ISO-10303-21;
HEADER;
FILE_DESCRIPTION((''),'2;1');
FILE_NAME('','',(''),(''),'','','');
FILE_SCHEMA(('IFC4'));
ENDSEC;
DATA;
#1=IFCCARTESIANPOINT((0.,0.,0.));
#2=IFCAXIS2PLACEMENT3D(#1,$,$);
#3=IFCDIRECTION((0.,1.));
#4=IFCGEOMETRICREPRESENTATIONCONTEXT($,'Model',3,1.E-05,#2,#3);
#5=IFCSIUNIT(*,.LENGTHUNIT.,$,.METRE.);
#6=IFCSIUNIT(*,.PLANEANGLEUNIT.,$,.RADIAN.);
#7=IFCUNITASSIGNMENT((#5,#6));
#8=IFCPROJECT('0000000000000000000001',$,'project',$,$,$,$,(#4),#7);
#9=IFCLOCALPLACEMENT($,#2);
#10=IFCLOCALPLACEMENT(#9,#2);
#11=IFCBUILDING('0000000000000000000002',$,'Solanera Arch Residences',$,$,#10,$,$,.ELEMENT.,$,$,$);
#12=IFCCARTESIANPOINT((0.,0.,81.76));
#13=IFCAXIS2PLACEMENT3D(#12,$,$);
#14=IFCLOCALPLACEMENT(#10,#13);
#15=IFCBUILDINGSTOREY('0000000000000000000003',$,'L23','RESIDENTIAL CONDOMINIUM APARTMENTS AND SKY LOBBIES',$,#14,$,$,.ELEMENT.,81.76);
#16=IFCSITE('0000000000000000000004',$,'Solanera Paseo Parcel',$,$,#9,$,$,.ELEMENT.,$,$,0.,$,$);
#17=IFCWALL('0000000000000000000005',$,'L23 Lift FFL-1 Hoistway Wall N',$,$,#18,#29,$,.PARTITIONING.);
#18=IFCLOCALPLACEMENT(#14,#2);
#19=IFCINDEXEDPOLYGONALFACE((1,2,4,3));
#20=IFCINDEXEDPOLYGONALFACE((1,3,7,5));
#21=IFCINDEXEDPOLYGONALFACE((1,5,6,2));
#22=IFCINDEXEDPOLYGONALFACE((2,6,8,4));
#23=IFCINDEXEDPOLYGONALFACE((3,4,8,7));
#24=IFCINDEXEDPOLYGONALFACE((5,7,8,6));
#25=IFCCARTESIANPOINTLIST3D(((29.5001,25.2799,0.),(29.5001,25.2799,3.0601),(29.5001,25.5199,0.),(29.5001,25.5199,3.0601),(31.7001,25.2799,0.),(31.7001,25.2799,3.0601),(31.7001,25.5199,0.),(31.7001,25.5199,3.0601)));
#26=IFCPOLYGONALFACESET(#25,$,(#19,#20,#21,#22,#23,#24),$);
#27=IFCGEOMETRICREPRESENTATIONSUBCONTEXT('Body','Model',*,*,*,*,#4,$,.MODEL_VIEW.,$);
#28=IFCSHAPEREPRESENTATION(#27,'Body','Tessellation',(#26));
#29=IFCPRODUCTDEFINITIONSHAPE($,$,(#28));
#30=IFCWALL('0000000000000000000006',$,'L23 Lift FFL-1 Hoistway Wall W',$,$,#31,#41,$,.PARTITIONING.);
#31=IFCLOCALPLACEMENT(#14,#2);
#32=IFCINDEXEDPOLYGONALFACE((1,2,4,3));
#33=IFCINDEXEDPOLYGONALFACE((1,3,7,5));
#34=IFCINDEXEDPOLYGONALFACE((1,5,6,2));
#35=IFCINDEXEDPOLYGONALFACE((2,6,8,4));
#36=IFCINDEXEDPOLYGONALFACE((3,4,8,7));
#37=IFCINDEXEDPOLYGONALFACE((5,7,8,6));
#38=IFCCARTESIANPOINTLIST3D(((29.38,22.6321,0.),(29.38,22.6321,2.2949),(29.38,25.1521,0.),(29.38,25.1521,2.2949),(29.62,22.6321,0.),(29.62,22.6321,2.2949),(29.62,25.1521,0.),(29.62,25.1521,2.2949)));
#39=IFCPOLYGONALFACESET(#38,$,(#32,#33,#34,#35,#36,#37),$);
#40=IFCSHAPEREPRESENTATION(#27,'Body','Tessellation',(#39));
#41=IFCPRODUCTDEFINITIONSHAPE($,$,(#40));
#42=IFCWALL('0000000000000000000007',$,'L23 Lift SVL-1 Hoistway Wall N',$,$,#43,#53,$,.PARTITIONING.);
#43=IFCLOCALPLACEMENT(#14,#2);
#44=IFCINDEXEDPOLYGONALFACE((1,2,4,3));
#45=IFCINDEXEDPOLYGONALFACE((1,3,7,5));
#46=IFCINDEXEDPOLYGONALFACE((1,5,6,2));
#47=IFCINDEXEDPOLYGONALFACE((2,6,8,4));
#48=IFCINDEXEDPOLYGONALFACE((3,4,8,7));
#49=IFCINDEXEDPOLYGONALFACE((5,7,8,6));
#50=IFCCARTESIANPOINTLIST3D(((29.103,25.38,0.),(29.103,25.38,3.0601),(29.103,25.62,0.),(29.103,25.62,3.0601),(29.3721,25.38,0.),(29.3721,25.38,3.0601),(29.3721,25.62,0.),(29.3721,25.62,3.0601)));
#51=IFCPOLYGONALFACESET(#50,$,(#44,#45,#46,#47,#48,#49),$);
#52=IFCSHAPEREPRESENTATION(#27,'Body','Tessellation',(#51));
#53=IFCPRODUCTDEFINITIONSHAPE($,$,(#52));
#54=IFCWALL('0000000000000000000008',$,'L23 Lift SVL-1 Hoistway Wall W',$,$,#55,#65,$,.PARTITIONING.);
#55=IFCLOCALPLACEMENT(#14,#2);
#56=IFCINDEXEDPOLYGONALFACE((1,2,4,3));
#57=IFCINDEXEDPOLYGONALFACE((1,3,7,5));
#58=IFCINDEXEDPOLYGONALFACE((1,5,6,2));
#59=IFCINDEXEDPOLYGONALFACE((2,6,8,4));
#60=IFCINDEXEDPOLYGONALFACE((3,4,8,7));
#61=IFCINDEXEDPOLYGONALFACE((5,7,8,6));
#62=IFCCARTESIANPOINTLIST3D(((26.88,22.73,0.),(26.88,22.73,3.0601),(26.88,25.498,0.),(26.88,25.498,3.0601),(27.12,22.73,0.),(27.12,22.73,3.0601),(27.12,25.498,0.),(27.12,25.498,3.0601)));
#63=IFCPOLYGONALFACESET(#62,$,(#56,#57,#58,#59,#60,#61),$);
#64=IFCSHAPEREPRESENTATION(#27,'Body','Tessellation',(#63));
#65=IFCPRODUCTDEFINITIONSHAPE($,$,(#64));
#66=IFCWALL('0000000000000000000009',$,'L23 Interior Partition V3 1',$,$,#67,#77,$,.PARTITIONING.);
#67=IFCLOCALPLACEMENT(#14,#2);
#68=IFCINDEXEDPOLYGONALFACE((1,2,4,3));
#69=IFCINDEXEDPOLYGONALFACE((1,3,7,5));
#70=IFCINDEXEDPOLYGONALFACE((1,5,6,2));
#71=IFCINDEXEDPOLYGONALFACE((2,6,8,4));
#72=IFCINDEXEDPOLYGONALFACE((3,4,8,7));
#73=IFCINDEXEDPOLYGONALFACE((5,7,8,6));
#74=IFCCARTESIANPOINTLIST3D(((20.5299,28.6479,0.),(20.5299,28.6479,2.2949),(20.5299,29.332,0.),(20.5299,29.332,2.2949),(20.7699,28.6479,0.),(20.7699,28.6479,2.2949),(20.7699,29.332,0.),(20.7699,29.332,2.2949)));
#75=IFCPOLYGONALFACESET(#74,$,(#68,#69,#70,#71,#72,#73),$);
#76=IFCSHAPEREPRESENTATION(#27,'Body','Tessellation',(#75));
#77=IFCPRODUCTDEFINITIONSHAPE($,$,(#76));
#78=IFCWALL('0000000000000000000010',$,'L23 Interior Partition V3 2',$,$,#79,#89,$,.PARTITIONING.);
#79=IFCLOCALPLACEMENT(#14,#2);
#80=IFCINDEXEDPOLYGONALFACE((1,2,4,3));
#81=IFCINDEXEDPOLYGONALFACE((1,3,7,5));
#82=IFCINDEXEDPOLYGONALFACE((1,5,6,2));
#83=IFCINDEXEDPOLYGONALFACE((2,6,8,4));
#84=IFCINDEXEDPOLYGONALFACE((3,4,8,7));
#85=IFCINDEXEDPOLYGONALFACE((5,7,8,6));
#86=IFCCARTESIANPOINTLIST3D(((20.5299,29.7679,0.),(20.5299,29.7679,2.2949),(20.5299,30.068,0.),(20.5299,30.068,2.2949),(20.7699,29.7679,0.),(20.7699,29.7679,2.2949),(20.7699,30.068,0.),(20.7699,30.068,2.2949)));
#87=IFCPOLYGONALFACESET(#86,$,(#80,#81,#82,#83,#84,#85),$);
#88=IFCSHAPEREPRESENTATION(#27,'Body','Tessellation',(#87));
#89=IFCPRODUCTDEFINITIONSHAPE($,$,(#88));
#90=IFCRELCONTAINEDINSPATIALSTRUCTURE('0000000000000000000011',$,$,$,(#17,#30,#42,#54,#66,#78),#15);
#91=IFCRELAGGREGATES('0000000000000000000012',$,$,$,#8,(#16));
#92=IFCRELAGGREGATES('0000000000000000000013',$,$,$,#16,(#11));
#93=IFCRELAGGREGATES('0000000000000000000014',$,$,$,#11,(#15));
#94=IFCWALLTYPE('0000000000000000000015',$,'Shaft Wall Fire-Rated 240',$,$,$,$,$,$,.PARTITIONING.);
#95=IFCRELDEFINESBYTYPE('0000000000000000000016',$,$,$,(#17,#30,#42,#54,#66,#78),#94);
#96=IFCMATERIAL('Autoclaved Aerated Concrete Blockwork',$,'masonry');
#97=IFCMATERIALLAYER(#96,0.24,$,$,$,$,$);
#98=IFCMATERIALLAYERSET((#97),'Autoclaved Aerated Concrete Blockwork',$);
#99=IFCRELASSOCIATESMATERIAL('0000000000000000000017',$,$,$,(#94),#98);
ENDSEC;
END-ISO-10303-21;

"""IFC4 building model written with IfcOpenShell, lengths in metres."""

from ifc_helpers import new_model, si_unit, direction, frame, frame_2d, origin, place, context, subcontext, project, spatial, rectangle, extrude, material, layer, layer_set, type_object, element, save


model = new_model("IFC4")

# Units and contexts
model_context = context("Model", 3, precision=1e-05, world=origin(), true_north=direction((0.0, 1.0)))
body_context = subcontext(model_context, "Body", "Model", "MODEL_VIEW")
ifc_project = project(units=[si_unit("LENGTHUNIT", "METRE"), si_unit("PLANEANGLEUNIT", "RADIAN")], contexts=[model_context])

# Site, building, storey
site_placement = place(None, origin())
site = spatial("IfcSite", under=ifc_project, at=site_placement, Name="Solanera Paseo Parcel", CompositionType="ELEMENT", RefElevation=0.0)
building_placement = place(site_placement, origin())
building = spatial("IfcBuilding", under=site, at=building_placement, Name="Solanera Arch Residences", CompositionType="ELEMENT")
storey_placement = place(building_placement, frame((0.0, 0.0, 81.76)))
storey = spatial("IfcBuildingStorey", under=building, at=storey_placement, Name="L23", Description="RESIDENTIAL CONDOMINIUM APARTMENTS AND SKY LOBBIES", CompositionType="ELEMENT", Elevation=81.76)

# Walls
ifc_material_1 = material(Name="Autoclaved Aerated Concrete Blockwork", Category="masonry")
ifc_layer_1 = layer(ifc_material_1, 0.24)
ifc_layer_set_1 = layer_set([ifc_layer_1], Name="Autoclaved Aerated Concrete Blockwork")
wall_type_1 = type_object("IfcWallType", Name="Shaft Wall Fire-Rated 240", PredefinedType="PARTITIONING", material=ifc_layer_set_1)
wall_1_placement = place(storey_placement, frame((29.5, 25.3999, 0.0), z_axis=(0.0, 0.0, 1.0), x_axis=(1.0, 0.0, 0.0)))
element("IfcWall", 1, at=wall_1_placement, inside=storey, type_object=wall_type_1, Name="L23 Lift FFL-1 Hoistway Wall N", PredefinedType="PARTITIONING", context=body_context, shape_type="SweptSolid", body=[
    extrude(rectangle(XDim=2.2, YDim=0.24, at=frame_2d((1.1001, 0.0))), origin(), (0.0, 0.0, 1.0), 3.0601),
])
wall_2_placement = place(storey_placement, frame((29.5, 22.6321, 0.0), z_axis=(0.0, 0.0, 1.0), x_axis=(0.0, 1.0, 0.0)))
element("IfcWall", 2, at=wall_2_placement, inside=storey, type_object=wall_type_1, Name="L23 Lift FFL-1 Hoistway Wall W", PredefinedType="PARTITIONING", context=body_context, shape_type="SweptSolid", body=[
    extrude(rectangle(XDim=2.52, YDim=0.24, at=frame_2d((1.26, 0.0))), origin(), (0.0, 0.0, 1.0), 2.2949),
])
wall_3_placement = place(storey_placement, frame((29.103, 25.5, 0.0), z_axis=(0.0, 0.0, 1.0), x_axis=(1.0, 0.0, 0.0)))
element("IfcWall", 3, at=wall_3_placement, inside=storey, type_object=wall_type_1, Name="L23 Lift SVL-1 Hoistway Wall N", PredefinedType="PARTITIONING", context=body_context, shape_type="SweptSolid", body=[
    extrude(rectangle(XDim=0.269, YDim=0.24, at=frame_2d((0.1345, 0.0))), origin(), (0.0, 0.0, 1.0), 3.0601),
])
wall_4_placement = place(storey_placement, frame((27.0, 22.73, 0.0), z_axis=(0.0, 0.0, 1.0), x_axis=(0.0, 1.0, 0.0)))
element("IfcWall", 4, at=wall_4_placement, inside=storey, type_object=wall_type_1, Name="L23 Lift SVL-1 Hoistway Wall W", PredefinedType="PARTITIONING", context=body_context, shape_type="SweptSolid", body=[
    extrude(rectangle(XDim=2.7681, YDim=0.24, at=frame_2d((1.384, 0.0))), origin(), (0.0, 0.0, 1.0), 3.0601),
])
wall_5_placement = place(storey_placement, frame((20.6499, 28.6479, 0.0), z_axis=(0.0, 0.0, 1.0), x_axis=(0.0, 1.0, 0.0)))
element("IfcWall", 5, at=wall_5_placement, inside=storey, type_object=wall_type_1, Name="L23 Interior Partition V3 1", PredefinedType="PARTITIONING", context=body_context, shape_type="SweptSolid", body=[
    extrude(rectangle(XDim=0.6841, YDim=0.24, at=frame_2d((0.342, 0.0))), origin(), (0.0, 0.0, 1.0), 2.2949),
])
wall_6_placement = place(storey_placement, frame((20.6499, 29.7681, 0.0), z_axis=(0.0, 0.0, 1.0), x_axis=(0.0, 1.0, 0.0)))
element("IfcWall", 6, at=wall_6_placement, inside=storey, type_object=wall_type_1, Name="L23 Interior Partition V3 2", PredefinedType="PARTITIONING", context=body_context, shape_type="SweptSolid", body=[
    extrude(rectangle(XDim=0.3, YDim=0.24, at=frame_2d((0.1499, 0.0))), origin(), (0.0, 0.0, 1.0), 2.2949),
])

save(model, "model.ifc")
